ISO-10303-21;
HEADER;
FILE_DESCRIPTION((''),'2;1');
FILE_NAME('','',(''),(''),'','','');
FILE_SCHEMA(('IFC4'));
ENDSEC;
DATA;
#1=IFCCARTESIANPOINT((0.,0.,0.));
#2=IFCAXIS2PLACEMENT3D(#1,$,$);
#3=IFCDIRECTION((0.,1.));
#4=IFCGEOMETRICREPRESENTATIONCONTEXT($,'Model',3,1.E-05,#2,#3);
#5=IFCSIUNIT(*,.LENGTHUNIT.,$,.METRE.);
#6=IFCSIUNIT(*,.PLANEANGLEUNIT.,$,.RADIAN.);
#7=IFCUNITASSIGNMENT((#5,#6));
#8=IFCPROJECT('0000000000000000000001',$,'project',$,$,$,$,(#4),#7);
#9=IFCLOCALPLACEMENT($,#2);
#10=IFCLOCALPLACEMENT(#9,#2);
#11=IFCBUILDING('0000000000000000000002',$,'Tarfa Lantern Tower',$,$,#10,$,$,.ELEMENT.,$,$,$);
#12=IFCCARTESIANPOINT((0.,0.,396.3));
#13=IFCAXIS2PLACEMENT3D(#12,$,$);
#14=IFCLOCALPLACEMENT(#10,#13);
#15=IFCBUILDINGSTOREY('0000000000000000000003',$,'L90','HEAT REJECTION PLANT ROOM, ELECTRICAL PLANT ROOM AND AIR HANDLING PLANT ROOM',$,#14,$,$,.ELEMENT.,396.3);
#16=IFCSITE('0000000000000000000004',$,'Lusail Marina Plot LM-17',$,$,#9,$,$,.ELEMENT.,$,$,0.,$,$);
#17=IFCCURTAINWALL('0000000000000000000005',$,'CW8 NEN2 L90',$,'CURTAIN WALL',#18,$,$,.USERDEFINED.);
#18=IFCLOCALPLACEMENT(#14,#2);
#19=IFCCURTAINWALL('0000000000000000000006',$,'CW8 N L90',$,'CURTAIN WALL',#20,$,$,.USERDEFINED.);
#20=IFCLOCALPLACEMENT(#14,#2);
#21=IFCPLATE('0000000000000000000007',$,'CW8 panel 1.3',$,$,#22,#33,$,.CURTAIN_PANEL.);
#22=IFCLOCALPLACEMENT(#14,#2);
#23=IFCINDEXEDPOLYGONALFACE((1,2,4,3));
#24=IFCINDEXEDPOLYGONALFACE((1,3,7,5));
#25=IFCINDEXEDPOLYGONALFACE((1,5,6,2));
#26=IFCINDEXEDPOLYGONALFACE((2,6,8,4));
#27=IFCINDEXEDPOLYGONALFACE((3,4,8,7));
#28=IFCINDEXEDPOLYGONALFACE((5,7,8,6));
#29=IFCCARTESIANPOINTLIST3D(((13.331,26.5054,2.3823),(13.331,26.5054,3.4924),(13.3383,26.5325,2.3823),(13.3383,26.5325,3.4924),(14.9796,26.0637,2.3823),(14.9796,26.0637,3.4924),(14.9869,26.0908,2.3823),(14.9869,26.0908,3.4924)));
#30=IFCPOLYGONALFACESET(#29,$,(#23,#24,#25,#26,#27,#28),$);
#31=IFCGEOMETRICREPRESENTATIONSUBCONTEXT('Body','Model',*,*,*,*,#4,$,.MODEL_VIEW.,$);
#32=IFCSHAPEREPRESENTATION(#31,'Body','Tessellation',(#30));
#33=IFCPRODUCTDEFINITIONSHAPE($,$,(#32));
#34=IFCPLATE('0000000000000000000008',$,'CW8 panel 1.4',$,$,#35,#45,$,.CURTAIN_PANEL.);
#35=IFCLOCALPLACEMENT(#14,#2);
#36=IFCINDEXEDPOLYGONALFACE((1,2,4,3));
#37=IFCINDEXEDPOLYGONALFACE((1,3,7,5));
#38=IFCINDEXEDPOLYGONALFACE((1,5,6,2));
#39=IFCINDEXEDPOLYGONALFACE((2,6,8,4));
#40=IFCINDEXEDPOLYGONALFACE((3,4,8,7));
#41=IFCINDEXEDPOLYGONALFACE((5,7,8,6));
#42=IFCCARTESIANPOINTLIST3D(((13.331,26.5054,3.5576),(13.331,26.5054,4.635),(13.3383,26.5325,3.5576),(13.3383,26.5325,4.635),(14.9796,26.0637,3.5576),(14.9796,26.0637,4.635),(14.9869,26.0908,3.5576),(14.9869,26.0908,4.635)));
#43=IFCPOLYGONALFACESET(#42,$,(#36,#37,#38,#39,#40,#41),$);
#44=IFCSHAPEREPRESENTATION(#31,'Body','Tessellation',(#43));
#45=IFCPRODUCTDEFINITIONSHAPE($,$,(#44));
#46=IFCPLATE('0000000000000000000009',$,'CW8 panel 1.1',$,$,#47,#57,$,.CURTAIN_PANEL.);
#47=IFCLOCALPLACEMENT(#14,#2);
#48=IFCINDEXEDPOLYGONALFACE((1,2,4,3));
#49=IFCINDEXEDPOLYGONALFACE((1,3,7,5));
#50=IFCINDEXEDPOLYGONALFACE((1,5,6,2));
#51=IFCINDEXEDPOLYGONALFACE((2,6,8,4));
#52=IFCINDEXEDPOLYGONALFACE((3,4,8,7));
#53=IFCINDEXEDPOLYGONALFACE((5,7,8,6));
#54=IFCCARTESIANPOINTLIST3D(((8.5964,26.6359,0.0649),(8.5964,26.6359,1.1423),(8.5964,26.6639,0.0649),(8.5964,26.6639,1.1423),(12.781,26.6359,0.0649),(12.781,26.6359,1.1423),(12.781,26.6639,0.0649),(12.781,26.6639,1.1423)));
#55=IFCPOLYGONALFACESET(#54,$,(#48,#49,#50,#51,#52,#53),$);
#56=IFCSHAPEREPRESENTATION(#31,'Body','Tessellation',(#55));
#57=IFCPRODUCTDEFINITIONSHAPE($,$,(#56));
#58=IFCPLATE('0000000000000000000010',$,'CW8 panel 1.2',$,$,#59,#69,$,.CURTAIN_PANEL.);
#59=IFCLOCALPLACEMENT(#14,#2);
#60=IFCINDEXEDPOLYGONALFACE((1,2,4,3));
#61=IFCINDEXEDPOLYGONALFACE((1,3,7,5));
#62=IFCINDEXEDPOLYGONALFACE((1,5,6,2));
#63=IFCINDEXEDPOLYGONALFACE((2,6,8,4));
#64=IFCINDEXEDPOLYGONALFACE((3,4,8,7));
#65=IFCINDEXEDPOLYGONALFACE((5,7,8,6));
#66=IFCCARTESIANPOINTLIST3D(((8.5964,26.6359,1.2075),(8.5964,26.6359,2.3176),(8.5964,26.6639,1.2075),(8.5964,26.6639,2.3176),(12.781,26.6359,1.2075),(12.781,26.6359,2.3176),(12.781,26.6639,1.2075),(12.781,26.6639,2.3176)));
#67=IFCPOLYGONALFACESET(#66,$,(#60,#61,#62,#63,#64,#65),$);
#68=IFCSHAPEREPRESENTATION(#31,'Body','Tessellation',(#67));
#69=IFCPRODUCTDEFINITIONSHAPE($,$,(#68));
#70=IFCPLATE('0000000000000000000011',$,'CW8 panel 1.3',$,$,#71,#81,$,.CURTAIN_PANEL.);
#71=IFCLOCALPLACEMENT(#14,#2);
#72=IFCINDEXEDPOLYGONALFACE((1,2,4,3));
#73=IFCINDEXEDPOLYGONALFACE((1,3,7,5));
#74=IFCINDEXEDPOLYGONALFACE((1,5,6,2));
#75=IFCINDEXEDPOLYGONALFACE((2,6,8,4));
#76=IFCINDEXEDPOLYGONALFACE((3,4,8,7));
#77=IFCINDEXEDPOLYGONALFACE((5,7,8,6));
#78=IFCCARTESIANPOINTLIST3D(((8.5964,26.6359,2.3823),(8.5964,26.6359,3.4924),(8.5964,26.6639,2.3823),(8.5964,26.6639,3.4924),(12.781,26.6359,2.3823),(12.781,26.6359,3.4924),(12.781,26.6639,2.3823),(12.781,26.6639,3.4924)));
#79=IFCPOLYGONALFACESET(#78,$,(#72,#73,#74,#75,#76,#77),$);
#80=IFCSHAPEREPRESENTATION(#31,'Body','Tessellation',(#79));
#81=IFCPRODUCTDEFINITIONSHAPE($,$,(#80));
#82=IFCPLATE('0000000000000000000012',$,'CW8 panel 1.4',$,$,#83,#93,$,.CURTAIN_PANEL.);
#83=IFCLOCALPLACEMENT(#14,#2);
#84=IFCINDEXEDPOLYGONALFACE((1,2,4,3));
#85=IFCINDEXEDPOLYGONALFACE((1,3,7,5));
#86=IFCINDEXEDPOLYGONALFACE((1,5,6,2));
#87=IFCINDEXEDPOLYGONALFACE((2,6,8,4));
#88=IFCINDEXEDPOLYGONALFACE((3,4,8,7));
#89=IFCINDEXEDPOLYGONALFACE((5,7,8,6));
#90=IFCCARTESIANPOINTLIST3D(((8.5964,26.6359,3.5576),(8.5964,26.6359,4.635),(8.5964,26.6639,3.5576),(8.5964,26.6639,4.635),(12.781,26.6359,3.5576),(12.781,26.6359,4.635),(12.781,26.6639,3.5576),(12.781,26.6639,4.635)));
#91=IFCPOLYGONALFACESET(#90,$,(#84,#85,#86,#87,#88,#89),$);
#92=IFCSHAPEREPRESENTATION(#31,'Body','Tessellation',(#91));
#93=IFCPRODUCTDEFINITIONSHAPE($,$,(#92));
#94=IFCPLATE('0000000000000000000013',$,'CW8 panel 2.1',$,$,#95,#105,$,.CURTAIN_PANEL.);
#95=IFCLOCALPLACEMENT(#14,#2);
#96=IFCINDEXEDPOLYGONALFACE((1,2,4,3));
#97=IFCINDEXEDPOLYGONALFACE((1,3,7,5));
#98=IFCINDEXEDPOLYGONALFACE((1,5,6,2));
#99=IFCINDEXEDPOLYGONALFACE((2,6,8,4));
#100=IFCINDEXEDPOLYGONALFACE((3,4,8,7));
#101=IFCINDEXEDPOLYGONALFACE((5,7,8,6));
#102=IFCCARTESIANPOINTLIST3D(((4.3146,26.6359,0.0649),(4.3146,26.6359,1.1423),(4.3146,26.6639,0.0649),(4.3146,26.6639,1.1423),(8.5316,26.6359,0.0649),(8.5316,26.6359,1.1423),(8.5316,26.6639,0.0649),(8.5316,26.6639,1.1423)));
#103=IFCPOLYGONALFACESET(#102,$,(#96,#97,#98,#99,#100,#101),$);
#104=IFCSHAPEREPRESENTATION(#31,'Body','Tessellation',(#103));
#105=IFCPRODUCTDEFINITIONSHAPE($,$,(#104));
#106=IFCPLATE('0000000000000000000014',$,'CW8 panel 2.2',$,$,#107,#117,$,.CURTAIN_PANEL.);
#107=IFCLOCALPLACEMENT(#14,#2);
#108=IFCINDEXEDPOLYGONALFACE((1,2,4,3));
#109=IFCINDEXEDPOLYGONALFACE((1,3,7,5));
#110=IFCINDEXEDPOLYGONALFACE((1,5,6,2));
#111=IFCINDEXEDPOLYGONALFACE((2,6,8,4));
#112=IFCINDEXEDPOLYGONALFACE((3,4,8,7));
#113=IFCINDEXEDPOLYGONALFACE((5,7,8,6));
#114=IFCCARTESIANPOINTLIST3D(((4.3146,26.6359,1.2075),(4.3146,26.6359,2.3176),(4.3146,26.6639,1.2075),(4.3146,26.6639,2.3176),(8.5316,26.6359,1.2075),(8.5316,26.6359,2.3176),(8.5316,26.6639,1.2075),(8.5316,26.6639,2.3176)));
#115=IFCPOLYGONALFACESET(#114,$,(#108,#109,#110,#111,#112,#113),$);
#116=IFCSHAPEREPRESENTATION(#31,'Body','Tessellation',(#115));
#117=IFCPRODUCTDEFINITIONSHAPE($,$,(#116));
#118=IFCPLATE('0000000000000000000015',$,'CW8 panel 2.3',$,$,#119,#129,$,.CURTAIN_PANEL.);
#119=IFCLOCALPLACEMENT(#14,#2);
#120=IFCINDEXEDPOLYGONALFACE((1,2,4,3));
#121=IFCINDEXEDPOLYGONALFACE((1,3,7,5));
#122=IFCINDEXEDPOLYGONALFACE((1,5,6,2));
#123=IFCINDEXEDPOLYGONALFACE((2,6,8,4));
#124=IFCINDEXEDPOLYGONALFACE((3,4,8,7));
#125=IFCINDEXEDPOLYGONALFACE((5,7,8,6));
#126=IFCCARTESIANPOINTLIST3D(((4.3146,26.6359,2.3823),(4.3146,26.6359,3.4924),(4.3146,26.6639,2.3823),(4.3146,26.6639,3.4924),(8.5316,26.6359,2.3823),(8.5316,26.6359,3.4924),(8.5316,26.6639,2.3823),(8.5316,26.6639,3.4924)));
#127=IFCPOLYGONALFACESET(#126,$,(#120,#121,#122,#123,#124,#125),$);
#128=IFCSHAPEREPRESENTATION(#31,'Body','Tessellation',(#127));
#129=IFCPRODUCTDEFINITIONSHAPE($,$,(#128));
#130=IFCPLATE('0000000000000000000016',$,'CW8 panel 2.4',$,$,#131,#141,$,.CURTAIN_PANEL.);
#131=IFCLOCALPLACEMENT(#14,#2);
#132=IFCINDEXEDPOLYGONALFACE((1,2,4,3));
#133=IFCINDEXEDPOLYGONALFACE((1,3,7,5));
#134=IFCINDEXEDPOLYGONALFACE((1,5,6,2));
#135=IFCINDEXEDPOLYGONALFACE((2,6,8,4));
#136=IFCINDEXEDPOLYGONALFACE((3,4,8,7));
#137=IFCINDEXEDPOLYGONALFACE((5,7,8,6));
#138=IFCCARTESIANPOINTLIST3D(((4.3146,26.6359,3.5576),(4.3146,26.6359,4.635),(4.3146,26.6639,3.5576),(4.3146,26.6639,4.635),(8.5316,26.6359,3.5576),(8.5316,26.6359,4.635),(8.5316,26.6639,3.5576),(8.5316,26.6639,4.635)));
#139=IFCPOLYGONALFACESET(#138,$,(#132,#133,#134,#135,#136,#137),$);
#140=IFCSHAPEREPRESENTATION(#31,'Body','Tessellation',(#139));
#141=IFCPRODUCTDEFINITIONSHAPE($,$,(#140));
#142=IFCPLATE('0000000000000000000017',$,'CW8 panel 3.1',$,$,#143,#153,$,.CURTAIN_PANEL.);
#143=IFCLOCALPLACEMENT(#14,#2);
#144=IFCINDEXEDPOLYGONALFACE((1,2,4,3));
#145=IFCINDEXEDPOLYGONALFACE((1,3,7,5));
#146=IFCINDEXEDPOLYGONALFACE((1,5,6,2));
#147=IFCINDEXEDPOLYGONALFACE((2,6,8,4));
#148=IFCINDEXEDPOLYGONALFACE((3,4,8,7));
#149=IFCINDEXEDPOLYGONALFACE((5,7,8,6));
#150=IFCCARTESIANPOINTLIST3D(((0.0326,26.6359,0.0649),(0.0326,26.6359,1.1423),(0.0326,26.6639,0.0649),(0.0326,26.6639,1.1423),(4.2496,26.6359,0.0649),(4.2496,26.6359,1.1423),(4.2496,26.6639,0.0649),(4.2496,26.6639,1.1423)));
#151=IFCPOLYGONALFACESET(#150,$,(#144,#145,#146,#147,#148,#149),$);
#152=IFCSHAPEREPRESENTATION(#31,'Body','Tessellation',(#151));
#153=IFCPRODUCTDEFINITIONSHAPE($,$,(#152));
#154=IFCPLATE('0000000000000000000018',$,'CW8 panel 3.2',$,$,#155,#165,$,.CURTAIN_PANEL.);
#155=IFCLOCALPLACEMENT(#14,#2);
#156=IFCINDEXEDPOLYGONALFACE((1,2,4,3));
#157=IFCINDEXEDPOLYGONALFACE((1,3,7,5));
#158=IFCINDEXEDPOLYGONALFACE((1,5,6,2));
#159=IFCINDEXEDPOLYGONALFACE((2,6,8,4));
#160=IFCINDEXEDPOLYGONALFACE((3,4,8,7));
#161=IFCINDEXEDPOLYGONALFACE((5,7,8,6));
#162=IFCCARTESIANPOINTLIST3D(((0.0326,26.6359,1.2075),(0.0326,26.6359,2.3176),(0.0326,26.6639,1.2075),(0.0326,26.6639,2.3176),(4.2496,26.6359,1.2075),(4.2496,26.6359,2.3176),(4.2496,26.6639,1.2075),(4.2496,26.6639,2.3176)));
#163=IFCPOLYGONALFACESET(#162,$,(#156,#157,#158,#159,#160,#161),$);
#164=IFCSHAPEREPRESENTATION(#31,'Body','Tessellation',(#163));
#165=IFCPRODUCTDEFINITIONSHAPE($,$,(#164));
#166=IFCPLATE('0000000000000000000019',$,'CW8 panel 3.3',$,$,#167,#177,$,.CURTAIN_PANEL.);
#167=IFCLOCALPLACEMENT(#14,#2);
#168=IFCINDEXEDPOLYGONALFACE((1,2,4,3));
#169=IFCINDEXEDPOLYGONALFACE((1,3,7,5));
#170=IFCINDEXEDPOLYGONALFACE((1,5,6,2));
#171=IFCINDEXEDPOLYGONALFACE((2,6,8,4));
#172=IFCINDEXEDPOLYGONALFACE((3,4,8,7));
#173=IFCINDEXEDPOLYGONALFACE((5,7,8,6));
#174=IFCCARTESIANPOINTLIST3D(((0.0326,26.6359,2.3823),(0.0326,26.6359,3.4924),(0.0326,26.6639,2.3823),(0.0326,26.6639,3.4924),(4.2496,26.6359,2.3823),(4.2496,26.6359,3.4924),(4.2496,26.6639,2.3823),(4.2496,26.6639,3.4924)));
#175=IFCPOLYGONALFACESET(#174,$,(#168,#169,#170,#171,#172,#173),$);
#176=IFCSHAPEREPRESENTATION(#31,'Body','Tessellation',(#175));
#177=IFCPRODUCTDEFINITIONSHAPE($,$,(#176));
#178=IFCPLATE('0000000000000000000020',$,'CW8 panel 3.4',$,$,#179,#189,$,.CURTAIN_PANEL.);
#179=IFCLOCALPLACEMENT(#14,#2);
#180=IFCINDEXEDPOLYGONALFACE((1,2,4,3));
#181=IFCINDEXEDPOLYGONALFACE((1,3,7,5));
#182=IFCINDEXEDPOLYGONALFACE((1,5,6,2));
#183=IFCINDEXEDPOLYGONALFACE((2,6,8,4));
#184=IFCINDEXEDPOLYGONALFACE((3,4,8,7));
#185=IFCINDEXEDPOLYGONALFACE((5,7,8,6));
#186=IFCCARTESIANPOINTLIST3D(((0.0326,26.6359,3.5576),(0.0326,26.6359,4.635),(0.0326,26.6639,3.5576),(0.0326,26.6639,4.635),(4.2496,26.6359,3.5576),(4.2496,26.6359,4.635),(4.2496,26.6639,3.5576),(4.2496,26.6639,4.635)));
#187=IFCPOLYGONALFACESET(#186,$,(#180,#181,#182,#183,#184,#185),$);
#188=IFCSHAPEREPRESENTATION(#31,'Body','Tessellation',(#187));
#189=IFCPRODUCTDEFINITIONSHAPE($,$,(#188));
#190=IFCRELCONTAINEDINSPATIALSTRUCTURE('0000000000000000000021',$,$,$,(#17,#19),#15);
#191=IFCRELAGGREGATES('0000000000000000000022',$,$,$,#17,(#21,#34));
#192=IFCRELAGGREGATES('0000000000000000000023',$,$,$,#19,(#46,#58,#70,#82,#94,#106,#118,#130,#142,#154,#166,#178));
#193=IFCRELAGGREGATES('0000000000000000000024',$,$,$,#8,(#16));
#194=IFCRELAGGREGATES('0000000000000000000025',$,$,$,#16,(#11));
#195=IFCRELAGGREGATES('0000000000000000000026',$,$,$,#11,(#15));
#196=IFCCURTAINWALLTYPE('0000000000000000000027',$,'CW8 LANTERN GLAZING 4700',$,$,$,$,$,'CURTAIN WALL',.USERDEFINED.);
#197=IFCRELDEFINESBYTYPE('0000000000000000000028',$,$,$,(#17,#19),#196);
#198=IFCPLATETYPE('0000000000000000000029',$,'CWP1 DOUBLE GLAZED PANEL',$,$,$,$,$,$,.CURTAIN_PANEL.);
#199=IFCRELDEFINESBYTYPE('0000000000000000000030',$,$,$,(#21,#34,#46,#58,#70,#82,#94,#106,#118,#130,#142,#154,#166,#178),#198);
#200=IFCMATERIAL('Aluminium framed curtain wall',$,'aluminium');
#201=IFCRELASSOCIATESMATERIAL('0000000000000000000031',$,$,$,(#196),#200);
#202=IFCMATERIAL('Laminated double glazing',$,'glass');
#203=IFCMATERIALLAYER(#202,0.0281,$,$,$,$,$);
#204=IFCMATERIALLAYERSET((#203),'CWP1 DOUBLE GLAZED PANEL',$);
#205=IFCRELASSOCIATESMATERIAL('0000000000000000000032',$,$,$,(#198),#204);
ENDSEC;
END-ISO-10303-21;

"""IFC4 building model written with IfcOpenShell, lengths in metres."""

from ifc_helpers import new_model, si_unit, direction, frame, origin, origin_2d, place, context, subcontext, project, spatial, rectangle, extrude, material, layer, layer_set, type_object, element, aggregate, save


model = new_model("IFC4")

# Units and contexts
model_context = context("Model", 3, precision=1e-05, world=origin(), true_north=direction((0.0, 1.0)))
body_context = subcontext(model_context, "Body", "Model", "MODEL_VIEW")
ifc_project = project(units=[si_unit("LENGTHUNIT", "METRE"), si_unit("PLANEANGLEUNIT", "RADIAN")], contexts=[model_context])

# Site, building, storey
site_placement = place(None, origin())
site = spatial("IfcSite", under=ifc_project, at=site_placement, Name="Lusail Marina Plot LM-17", CompositionType="ELEMENT", RefElevation=0.0)
building_placement = place(site_placement, origin())
building = spatial("IfcBuilding", under=site, at=building_placement, Name="Tarfa Lantern Tower", CompositionType="ELEMENT")
storey_placement = place(building_placement, frame((0.0, 0.0, 396.3)))
storey = spatial("IfcBuildingStorey", under=building, at=storey_placement, Name="L90", Description="HEAT REJECTION PLANT ROOM, ELECTRICAL PLANT ROOM AND AIR HANDLING PLANT ROOM", CompositionType="ELEMENT", Elevation=396.3)

# Curtain wall
ifc_material_1 = material(Name="Aluminium framed curtain wall", Category="aluminium")
curtain_wall_type = type_object("IfcCurtainWallType", Name="CW8 LANTERN GLAZING 4700", ElementType="CURTAIN WALL", PredefinedType="USERDEFINED", material=ifc_material_1)
curtain_wall_1_placement = place(storey_placement, origin())
curtain_wall_1 = element("IfcCurtainWall", 1, at=curtain_wall_1_placement, inside=storey, type_object=curtain_wall_type, Name="CW8 NEN2 L90", ObjectType="CURTAIN WALL", PredefinedType="USERDEFINED")

# Curtain wall
curtain_wall_2_placement = place(storey_placement, origin())
curtain_wall_2 = element("IfcCurtainWall", 2, at=curtain_wall_2_placement, inside=storey, type_object=curtain_wall_type, Name="CW8 N L90", ObjectType="CURTAIN WALL", PredefinedType="USERDEFINED")

# Plates
ifc_material_2 = material(Name="Laminated double glazing", Category="glass")
ifc_layer = layer(ifc_material_2, 0.0281)
ifc_layer_set = layer_set([ifc_layer], Name="CWP1 DOUBLE GLAZED PANEL")
plate_type = type_object("IfcPlateType", Name="CWP1 DOUBLE GLAZED PANEL", PredefinedType="CURTAIN_PANEL", material=ifc_layer_set)
plate_1_placement = place(storey_placement, frame((14.1589, 26.2981, 2.3823), z_axis=(0.0, 0.0, 1.0), x_axis=(-0.965926, 0.258819, 0.0)))
plate_1 = element("IfcPlate", 3, at=plate_1_placement, type_object=plate_type, Name="CW8 panel 1.3", PredefinedType="CURTAIN_PANEL", context=body_context, shape_type="SweptSolid", body=[
    extrude(rectangle(XDim=1.7068, YDim=0.0281, at=origin_2d()), origin(), (0.0, 0.0, 1.0), 1.1101),
])
plate_2_placement = place(storey_placement, frame((14.1589, 26.2981, 3.5576), z_axis=(0.0, 0.0, 1.0), x_axis=(-0.965926, 0.258819, 0.0)))
plate_2 = element("IfcPlate", 4, at=plate_2_placement, type_object=plate_type, Name="CW8 panel 1.4", PredefinedType="CURTAIN_PANEL", context=body_context, shape_type="SweptSolid", body=[
    extrude(rectangle(XDim=1.7068, YDim=0.0281, at=origin_2d()), origin(), (0.0, 0.0, 1.0), 1.0774),
])
aggregate(curtain_wall_1, [plate_1, plate_2])
plate_3_placement = place(storey_placement, frame((10.6887, 26.6499, 0.0649), z_axis=(0.0, 0.0, 1.0), x_axis=(-1.0, 0.0, 0.0)))
plate_3 = element("IfcPlate", 5, at=plate_3_placement, type_object=plate_type, Name="CW8 panel 1.1", PredefinedType="CURTAIN_PANEL", context=body_context, shape_type="SweptSolid", body=[
    extrude(rectangle(XDim=4.1846, YDim=0.0281, at=origin_2d()), origin(), (0.0, 0.0, 1.0), 1.0774),
])
plate_4_placement = place(storey_placement, frame((10.6887, 26.6499, 1.2075), z_axis=(0.0, 0.0, 1.0), x_axis=(-1.0, 0.0, 0.0)))
plate_4 = element("IfcPlate", 6, at=plate_4_placement, type_object=plate_type, Name="CW8 panel 1.2", PredefinedType="CURTAIN_PANEL", context=body_context, shape_type="SweptSolid", body=[
    extrude(rectangle(XDim=4.1846, YDim=0.0281, at=origin_2d()), origin(), (0.0, 0.0, 1.0), 1.1101),
])
plate_5_placement = place(storey_placement, frame((10.6887, 26.6499, 2.3823), z_axis=(0.0, 0.0, 1.0), x_axis=(-1.0, 0.0, 0.0)))
plate_5 = element("IfcPlate", 7, at=plate_5_placement, type_object=plate_type, Name="CW8 panel 1.3", PredefinedType="CURTAIN_PANEL", context=body_context, shape_type="SweptSolid", body=[
    extrude(rectangle(XDim=4.1846, YDim=0.0281, at=origin_2d()), origin(), (0.0, 0.0, 1.0), 1.1101),
])
plate_6_placement = place(storey_placement, frame((10.6887, 26.6499, 3.5576), z_axis=(0.0, 0.0, 1.0), x_axis=(-1.0, 0.0, 0.0)))
plate_6 = element("IfcPlate", 8, at=plate_6_placement, type_object=plate_type, Name="CW8 panel 1.4", PredefinedType="CURTAIN_PANEL", context=body_context, shape_type="SweptSolid", body=[
    extrude(rectangle(XDim=4.1846, YDim=0.0281, at=origin_2d()), origin(), (0.0, 0.0, 1.0), 1.0774),
])
plate_7_placement = place(storey_placement, frame((6.4231, 26.6499, 0.0649), z_axis=(0.0, 0.0, 1.0), x_axis=(-1.0, 0.0, 0.0)))
plate_7 = element("IfcPlate", 9, at=plate_7_placement, type_object=plate_type, Name="CW8 panel 2.1", PredefinedType="CURTAIN_PANEL", context=body_context, shape_type="SweptSolid", body=[
    extrude(rectangle(XDim=4.217, YDim=0.0281, at=origin_2d()), origin(), (0.0, 0.0, 1.0), 1.0774),
])
plate_8_placement = place(storey_placement, frame((6.4231, 26.6499, 1.2075), z_axis=(0.0, 0.0, 1.0), x_axis=(-1.0, 0.0, 0.0)))
plate_8 = element("IfcPlate", 10, at=plate_8_placement, type_object=plate_type, Name="CW8 panel 2.2", PredefinedType="CURTAIN_PANEL", context=body_context, shape_type="SweptSolid", body=[
    extrude(rectangle(XDim=4.217, YDim=0.0281, at=origin_2d()), origin(), (0.0, 0.0, 1.0), 1.1101),
])
plate_9_placement = place(storey_placement, frame((6.4231, 26.6499, 2.3823), z_axis=(0.0, 0.0, 1.0), x_axis=(-1.0, 0.0, 0.0)))
plate_9 = element("IfcPlate", 11, at=plate_9_placement, type_object=plate_type, Name="CW8 panel 2.3", PredefinedType="CURTAIN_PANEL", context=body_context, shape_type="SweptSolid", body=[
    extrude(rectangle(XDim=4.217, YDim=0.0281, at=origin_2d()), origin(), (0.0, 0.0, 1.0), 1.1101),
])
plate_10_placement = place(storey_placement, frame((6.4231, 26.6499, 3.5576), z_axis=(0.0, 0.0, 1.0), x_axis=(-1.0, 0.0, 0.0)))
plate_10 = element("IfcPlate", 12, at=plate_10_placement, type_object=plate_type, Name="CW8 panel 2.4", PredefinedType="CURTAIN_PANEL", context=body_context, shape_type="SweptSolid", body=[
    extrude(rectangle(XDim=4.217, YDim=0.0281, at=origin_2d()), origin(), (0.0, 0.0, 1.0), 1.0774),
])
plate_11_placement = place(storey_placement, frame((2.1411, 26.6499, 0.0649), z_axis=(0.0, 0.0, 1.0), x_axis=(-1.0, 0.0, 0.0)))
plate_11 = element("IfcPlate", 13, at=plate_11_placement, type_object=plate_type, Name="CW8 panel 3.1", PredefinedType="CURTAIN_PANEL", context=body_context, shape_type="SweptSolid", body=[
    extrude(rectangle(XDim=4.217, YDim=0.0281, at=origin_2d()), origin(), (0.0, 0.0, 1.0), 1.0774),
])
plate_12_placement = place(storey_placement, frame((2.1411, 26.6499, 1.2075), z_axis=(0.0, 0.0, 1.0), x_axis=(-1.0, 0.0, 0.0)))
plate_12 = element("IfcPlate", 14, at=plate_12_placement, type_object=plate_type, Name="CW8 panel 3.2", PredefinedType="CURTAIN_PANEL", context=body_context, shape_type="SweptSolid", body=[
    extrude(rectangle(XDim=4.217, YDim=0.0281, at=origin_2d()), origin(), (0.0, 0.0, 1.0), 1.1101),
])
plate_13_placement = place(storey_placement, frame((2.1411, 26.6499, 2.3823), z_axis=(0.0, 0.0, 1.0), x_axis=(-1.0, 0.0, 0.0)))
plate_13 = element("IfcPlate", 15, at=plate_13_placement, type_object=plate_type, Name="CW8 panel 3.3", PredefinedType="CURTAIN_PANEL", context=body_context, shape_type="SweptSolid", body=[
    extrude(rectangle(XDim=4.217, YDim=0.0281, at=origin_2d()), origin(), (0.0, 0.0, 1.0), 1.1101),
])
plate_14_placement = place(storey_placement, frame((2.1411, 26.6499, 3.5576), z_axis=(0.0, 0.0, 1.0), x_axis=(-1.0, 0.0, 0.0)))
plate_14 = element("IfcPlate", 16, at=plate_14_placement, type_object=plate_type, Name="CW8 panel 3.4", PredefinedType="CURTAIN_PANEL", context=body_context, shape_type="SweptSolid", body=[
    extrude(rectangle(XDim=4.217, YDim=0.0281, at=origin_2d()), origin(), (0.0, 0.0, 1.0), 1.0774),
])
aggregate(curtain_wall_2, [plate_3, plate_4, plate_5, plate_6, plate_7, plate_8, plate_9, plate_10, plate_11, plate_12, plate_13, plate_14])

save(model, "model.ifc")
